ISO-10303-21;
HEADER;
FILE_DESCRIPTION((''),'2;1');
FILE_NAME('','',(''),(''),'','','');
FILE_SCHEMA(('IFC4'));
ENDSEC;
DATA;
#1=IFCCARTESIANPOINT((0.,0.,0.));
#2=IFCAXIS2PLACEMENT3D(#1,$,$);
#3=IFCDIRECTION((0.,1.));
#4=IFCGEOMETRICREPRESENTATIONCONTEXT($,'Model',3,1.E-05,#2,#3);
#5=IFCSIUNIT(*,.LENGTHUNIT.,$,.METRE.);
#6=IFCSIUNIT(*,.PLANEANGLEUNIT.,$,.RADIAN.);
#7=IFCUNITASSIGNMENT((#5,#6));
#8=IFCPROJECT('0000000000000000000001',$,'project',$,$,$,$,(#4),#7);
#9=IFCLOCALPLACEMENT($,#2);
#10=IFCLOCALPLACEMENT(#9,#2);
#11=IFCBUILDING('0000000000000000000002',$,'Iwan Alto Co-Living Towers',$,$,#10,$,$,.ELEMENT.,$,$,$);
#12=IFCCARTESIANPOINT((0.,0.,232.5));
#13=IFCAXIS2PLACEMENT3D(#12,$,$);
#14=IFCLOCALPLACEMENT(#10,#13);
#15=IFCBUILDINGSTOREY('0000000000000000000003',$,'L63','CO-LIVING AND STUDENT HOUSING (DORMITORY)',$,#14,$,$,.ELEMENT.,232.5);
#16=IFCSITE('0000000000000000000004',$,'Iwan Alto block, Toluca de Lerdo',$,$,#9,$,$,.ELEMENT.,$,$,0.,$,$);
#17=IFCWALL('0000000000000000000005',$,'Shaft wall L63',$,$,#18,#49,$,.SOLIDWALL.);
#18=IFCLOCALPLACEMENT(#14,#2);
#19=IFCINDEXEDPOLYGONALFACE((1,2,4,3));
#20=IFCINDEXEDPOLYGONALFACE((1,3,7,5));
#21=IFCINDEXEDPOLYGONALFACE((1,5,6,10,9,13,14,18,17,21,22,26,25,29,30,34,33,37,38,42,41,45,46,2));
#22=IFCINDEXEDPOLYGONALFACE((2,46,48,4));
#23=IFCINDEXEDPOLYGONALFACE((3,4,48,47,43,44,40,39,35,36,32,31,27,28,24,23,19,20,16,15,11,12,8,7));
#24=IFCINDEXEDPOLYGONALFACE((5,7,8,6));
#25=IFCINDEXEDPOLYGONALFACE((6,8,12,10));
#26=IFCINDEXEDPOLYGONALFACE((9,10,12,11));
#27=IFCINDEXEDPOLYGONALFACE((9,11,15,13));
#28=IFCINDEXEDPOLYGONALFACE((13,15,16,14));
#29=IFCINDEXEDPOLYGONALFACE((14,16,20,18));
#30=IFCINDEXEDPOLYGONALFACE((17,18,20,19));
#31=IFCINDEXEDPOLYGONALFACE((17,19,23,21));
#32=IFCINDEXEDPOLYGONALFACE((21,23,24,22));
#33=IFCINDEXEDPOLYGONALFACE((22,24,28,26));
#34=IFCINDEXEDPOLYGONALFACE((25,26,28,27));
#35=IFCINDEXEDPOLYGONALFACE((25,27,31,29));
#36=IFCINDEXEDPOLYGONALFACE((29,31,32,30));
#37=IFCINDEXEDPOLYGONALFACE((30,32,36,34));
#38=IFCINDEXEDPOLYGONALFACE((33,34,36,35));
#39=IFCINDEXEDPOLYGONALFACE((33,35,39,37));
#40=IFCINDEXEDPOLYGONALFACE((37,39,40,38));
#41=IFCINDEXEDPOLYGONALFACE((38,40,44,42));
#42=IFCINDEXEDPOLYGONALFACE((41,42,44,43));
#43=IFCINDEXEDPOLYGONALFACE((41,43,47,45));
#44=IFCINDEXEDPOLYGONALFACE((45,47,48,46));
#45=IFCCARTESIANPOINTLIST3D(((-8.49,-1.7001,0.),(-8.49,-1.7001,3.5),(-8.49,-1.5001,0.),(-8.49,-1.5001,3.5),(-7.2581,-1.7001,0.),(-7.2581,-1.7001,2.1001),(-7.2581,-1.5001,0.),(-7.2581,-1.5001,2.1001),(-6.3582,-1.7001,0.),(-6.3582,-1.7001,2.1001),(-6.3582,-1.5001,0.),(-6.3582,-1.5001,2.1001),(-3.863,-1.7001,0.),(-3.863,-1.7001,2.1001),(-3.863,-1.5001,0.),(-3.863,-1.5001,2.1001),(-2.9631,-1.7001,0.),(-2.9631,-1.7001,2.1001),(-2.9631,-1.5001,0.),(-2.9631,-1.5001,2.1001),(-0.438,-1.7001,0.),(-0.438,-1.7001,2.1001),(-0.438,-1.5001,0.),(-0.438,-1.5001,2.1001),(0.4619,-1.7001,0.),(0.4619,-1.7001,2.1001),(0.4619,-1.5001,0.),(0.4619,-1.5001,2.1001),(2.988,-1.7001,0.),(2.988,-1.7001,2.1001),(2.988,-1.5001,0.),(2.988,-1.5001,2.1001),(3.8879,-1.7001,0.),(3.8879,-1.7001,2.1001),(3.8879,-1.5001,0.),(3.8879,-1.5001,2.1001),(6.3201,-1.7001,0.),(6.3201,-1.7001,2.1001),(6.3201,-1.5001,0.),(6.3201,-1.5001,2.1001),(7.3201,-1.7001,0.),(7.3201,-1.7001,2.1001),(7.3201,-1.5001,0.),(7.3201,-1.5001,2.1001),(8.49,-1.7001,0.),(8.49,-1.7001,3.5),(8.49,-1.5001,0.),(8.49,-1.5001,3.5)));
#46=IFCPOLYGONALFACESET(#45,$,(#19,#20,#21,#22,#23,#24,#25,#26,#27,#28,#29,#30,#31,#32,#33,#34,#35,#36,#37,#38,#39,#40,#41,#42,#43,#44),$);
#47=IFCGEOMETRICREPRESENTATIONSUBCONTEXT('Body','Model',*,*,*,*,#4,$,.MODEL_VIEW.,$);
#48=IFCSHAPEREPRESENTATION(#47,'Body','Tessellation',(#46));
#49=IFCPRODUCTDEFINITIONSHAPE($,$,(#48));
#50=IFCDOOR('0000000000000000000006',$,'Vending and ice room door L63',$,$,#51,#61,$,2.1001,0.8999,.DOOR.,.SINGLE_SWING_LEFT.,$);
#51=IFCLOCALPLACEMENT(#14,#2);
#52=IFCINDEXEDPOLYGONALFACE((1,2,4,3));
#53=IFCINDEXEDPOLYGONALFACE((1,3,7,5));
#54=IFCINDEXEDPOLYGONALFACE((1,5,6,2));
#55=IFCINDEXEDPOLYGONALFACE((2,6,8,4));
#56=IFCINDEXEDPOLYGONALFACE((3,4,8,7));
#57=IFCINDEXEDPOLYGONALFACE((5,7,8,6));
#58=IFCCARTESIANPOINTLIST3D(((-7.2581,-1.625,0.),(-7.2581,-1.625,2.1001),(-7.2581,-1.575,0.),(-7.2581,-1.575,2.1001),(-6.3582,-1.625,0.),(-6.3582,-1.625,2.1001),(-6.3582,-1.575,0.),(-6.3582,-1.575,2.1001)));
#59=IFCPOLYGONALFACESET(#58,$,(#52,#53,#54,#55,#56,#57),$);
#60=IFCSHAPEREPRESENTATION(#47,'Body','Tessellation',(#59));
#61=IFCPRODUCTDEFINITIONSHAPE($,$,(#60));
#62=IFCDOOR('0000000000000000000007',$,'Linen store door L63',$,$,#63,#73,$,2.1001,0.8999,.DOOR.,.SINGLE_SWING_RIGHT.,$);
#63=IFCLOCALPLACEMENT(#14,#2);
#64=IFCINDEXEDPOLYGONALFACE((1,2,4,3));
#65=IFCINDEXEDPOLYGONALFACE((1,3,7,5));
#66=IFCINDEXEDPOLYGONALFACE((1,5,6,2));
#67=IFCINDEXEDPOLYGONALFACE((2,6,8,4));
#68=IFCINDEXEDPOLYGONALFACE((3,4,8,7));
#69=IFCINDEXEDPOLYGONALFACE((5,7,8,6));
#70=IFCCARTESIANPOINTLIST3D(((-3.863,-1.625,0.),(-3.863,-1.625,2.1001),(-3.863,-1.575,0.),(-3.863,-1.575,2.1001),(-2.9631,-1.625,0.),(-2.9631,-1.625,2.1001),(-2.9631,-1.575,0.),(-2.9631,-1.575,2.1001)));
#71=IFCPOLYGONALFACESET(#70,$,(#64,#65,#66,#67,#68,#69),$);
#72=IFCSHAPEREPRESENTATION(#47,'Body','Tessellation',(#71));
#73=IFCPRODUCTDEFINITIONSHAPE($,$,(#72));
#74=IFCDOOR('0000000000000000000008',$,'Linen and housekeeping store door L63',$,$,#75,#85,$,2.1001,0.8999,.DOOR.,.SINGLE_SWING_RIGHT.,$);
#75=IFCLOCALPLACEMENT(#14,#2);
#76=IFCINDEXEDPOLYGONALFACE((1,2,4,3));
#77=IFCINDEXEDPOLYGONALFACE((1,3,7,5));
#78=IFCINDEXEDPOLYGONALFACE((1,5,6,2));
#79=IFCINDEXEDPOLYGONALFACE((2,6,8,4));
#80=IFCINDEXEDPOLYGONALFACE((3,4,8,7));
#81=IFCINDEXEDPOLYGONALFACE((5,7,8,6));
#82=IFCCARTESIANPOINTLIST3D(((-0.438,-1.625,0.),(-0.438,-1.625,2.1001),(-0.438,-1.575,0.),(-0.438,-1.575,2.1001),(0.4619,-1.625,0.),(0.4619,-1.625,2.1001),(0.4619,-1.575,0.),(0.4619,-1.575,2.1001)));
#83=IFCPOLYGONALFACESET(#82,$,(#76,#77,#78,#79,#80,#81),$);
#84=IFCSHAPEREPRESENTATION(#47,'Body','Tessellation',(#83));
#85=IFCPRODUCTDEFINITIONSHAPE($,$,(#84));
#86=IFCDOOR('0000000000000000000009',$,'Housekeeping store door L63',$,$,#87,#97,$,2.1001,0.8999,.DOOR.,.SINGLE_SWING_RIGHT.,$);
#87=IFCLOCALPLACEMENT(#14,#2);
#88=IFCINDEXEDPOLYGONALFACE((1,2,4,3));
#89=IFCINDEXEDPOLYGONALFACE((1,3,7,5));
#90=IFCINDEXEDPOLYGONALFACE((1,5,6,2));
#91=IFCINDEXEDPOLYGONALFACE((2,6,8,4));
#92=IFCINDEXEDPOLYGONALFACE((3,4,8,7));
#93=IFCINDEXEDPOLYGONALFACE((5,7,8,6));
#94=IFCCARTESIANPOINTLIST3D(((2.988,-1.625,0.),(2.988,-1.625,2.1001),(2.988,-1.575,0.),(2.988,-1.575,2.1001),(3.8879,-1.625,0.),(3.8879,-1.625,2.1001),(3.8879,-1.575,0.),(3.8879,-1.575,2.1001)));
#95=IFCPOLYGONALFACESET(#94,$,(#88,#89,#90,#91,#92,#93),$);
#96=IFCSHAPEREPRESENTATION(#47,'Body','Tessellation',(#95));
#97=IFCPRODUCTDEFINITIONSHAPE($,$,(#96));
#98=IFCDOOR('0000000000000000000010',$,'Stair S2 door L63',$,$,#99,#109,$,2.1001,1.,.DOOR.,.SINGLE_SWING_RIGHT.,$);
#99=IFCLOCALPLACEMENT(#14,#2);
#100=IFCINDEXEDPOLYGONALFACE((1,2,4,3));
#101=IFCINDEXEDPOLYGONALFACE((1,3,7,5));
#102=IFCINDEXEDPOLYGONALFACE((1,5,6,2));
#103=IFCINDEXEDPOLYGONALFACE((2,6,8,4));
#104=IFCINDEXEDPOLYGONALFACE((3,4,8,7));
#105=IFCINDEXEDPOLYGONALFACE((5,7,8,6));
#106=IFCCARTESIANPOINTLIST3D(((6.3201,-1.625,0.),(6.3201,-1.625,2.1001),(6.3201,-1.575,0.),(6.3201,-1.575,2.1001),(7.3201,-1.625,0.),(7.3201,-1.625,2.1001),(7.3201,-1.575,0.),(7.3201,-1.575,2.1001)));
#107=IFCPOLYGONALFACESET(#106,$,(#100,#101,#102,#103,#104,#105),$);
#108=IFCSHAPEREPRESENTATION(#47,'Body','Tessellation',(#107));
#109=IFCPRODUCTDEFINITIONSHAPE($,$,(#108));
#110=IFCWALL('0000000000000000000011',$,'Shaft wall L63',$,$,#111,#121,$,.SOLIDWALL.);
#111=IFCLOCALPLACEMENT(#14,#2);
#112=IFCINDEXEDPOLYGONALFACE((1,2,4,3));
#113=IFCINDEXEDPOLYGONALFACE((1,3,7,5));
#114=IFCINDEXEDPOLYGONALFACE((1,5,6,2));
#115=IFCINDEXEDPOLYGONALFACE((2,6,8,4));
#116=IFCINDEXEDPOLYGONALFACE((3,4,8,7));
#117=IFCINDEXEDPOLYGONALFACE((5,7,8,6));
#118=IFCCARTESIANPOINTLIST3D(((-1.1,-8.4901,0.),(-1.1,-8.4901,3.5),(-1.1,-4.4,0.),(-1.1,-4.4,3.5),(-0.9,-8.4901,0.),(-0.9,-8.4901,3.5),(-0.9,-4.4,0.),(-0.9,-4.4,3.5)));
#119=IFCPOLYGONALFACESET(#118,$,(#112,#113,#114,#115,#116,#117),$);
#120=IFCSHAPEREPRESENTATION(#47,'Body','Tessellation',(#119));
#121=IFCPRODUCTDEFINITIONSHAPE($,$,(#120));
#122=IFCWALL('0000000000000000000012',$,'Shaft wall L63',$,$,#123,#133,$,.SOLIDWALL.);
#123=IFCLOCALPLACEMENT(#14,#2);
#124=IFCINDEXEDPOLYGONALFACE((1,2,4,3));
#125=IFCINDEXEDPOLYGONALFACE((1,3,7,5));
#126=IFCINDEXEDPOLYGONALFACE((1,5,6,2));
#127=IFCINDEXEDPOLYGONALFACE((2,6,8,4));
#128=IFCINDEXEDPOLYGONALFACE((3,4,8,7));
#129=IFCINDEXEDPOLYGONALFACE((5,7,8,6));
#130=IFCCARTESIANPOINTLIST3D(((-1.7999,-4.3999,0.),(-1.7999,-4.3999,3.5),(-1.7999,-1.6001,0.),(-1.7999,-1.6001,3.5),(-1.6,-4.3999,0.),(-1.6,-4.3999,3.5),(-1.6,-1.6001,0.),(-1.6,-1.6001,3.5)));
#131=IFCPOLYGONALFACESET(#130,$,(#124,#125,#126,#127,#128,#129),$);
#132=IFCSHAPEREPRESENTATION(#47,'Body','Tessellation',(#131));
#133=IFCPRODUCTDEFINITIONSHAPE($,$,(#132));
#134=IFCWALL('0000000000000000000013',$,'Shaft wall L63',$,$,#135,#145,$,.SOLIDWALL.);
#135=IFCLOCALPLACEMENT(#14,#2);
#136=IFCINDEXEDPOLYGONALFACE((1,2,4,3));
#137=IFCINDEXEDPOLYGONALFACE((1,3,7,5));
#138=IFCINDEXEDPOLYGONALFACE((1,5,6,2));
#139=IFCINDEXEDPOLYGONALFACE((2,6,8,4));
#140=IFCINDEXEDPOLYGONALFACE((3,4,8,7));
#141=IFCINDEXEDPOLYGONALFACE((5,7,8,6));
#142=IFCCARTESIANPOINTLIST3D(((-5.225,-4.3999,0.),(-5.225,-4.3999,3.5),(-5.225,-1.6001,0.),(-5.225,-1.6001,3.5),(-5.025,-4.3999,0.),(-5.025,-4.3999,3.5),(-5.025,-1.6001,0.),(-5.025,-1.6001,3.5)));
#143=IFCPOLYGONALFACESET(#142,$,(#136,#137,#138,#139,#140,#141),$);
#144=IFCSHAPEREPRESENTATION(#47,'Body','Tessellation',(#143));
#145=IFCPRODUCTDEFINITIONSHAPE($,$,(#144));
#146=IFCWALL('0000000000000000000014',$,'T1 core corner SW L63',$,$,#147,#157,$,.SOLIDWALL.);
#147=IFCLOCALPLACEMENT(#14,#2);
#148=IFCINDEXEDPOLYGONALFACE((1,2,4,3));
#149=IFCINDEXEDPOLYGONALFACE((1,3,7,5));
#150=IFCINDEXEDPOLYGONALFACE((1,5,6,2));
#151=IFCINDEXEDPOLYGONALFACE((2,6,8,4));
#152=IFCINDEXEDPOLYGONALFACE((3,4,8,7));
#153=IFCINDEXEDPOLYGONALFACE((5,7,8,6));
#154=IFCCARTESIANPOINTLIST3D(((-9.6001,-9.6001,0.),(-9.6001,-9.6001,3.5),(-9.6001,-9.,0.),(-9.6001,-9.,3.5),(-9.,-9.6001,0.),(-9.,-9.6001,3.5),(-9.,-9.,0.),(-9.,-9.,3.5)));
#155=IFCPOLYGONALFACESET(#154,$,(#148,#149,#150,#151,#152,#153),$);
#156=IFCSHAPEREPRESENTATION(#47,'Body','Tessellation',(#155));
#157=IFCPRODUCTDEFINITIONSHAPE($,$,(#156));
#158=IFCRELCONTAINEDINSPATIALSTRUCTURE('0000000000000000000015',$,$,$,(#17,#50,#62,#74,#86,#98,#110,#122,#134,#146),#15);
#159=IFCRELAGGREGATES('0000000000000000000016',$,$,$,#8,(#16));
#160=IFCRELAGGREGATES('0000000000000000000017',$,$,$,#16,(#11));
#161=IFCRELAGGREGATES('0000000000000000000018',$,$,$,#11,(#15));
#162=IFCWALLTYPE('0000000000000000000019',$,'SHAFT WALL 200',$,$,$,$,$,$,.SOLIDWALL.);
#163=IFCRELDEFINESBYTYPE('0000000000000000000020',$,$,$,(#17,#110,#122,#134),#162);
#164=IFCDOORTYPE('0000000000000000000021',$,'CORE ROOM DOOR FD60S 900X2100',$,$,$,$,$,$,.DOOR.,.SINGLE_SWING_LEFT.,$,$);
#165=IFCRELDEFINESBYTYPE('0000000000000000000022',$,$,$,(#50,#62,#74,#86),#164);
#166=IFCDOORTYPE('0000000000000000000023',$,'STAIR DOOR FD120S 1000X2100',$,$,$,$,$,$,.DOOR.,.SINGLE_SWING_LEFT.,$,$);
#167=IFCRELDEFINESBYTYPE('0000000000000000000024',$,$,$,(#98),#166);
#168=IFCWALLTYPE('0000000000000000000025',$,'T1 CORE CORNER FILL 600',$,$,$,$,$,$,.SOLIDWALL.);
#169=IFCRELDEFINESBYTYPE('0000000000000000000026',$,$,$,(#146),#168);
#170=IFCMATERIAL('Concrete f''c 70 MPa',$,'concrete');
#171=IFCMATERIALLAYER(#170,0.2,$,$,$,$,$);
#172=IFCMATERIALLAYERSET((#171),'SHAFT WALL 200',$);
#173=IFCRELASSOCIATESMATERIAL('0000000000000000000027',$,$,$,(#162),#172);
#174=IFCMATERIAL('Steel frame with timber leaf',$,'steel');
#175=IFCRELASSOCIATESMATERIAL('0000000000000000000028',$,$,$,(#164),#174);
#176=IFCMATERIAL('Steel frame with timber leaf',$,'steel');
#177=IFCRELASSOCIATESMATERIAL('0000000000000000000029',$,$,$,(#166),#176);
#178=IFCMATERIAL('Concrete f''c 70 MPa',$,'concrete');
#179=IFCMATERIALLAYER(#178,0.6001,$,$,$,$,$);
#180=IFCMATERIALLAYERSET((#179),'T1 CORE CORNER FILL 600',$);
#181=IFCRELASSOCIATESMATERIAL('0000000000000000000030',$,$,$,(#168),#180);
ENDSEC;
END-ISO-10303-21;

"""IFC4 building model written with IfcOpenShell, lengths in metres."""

from ifc_helpers import new_model, si_unit, direction, frame, frame_2d, origin, place, context, subcontext, project, spatial, rectangle, extrude, material, layer, layer_set, type_object, element, fill, save


model = new_model("IFC4")

# Units and contexts
model_context = context("Model", 3, precision=1e-05, world=origin(), true_north=direction((0.0, 1.0)))
body_context = subcontext(model_context, "Body", "Model", "MODEL_VIEW")
ifc_project = project(units=[si_unit("LENGTHUNIT", "METRE"), si_unit("PLANEANGLEUNIT", "RADIAN")], contexts=[model_context])

# Site, building, storey
site_placement = place(None, origin())
site = spatial("IfcSite", under=ifc_project, at=site_placement, Name="Iwan Alto block, Toluca de Lerdo", CompositionType="ELEMENT", RefElevation=0.0)
building_placement = place(site_placement, origin())
building = spatial("IfcBuilding", under=site, at=building_placement, Name="Iwan Alto Co-Living Towers", CompositionType="ELEMENT")
storey_placement = place(building_placement, frame((0.0, 0.0, 232.5)))
storey = spatial("IfcBuildingStorey", under=building, at=storey_placement, Name="L63", Description="CO-LIVING AND STUDENT HOUSING (DORMITORY)", CompositionType="ELEMENT", Elevation=232.5)

# Shared definitions
ifc_material_1 = material(Name="Concrete f'c 70 MPa", Category="concrete")
ifc_layer_1 = layer(ifc_material_1, 0.2)
ifc_layer_set_1 = layer_set([ifc_layer_1], Name="SHAFT WALL 200")
wall_type_1 = type_object("IfcWallType", Name="SHAFT WALL 200", PredefinedType="SOLIDWALL", material=ifc_layer_set_1)

# Wall, openings, doors
wall_1_placement = place(storey_placement, frame((-8.49, -1.6001, 0.0), z_axis=(0.0, 0.0, 1.0), x_axis=(1.0, 0.0, 0.0)))
wall_1 = element("IfcWall", 1, at=wall_1_placement, inside=storey, type_object=wall_type_1, Name="Shaft wall L63", PredefinedType="SOLIDWALL", context=body_context, shape_type="SweptSolid", body=[
    extrude(rectangle(XDim=16.98, YDim=0.2, at=frame_2d((8.49, 0.0))), origin(), (0.0, 0.0, 1.0), 3.5),
])
opening_1_placement = place(wall_1_placement, frame((14.8101, 0.0, 0.0)))
opening_1 = element("IfcOpeningElement", 2, at=opening_1_placement, cuts=wall_1, PredefinedType="OPENING", context=body_context, shape_type="SweptSolid", body=[
    extrude(rectangle(XDim=1.0, YDim=2.1001, at=frame_2d((0.5, 1.05))), frame((0.0, 0.1099, 0.0), z_axis=(0.0, -1.0, 0.0), x_axis=(1.0, 0.0, 0.0)), (0.0, 0.0, 1.0), 0.22),
])
opening_2_placement = place(wall_1_placement, frame((1.2319, 0.0, 0.0)))
opening_2 = element("IfcOpeningElement", 3, at=opening_2_placement, cuts=wall_1, PredefinedType="OPENING", context=body_context, shape_type="SweptSolid", body=[
    extrude(rectangle(XDim=0.8999, YDim=2.1001, at=frame_2d((0.45, 1.05))), frame((0.0, 0.1099, 0.0), z_axis=(0.0, -1.0, 0.0), x_axis=(1.0, 0.0, 0.0)), (0.0, 0.0, 1.0), 0.22),
])
opening_3_placement = place(wall_1_placement, frame((4.627, 0.0, 0.0)))
opening_3 = element("IfcOpeningElement", 4, at=opening_3_placement, cuts=wall_1, PredefinedType="OPENING", context=body_context, shape_type="SweptSolid", body=[
    extrude(rectangle(XDim=0.8999, YDim=2.1001, at=frame_2d((0.45, 1.05))), frame((0.0, 0.1099, 0.0), z_axis=(0.0, -1.0, 0.0), x_axis=(1.0, 0.0, 0.0)), (0.0, 0.0, 1.0), 0.22),
])
opening_4_placement = place(wall_1_placement, frame((8.052, 0.0, 0.0)))
opening_4 = element("IfcOpeningElement", 5, at=opening_4_placement, cuts=wall_1, PredefinedType="OPENING", context=body_context, shape_type="SweptSolid", body=[
    extrude(rectangle(XDim=0.8999, YDim=2.1001, at=frame_2d((0.45, 1.05))), frame((0.0, 0.1099, 0.0), z_axis=(0.0, -1.0, 0.0), x_axis=(1.0, 0.0, 0.0)), (0.0, 0.0, 1.0), 0.22),
])
opening_5_placement = place(wall_1_placement, frame((11.478, 0.0, 0.0)))
opening_5 = element("IfcOpeningElement", 6, at=opening_5_placement, cuts=wall_1, PredefinedType="OPENING", context=body_context, shape_type="SweptSolid", body=[
    extrude(rectangle(XDim=0.8999, YDim=2.1001, at=frame_2d((0.45, 1.05))), frame((0.0, 0.1099, 0.0), z_axis=(0.0, -1.0, 0.0), x_axis=(1.0, 0.0, 0.0)), (0.0, 0.0, 1.0), 0.22),
])
ifc_material_2 = material(Name="Steel frame with timber leaf", Category="steel")
door_type_1 = type_object("IfcDoorType", Name="CORE ROOM DOOR FD60S 900X2100", OperationType="SINGLE_SWING_LEFT", PredefinedType="DOOR", material=ifc_material_2)
door_1_placement = place(opening_2_placement, frame((0.8999, 0.0, 0.0), z_axis=(0.0, 0.0, 1.0), x_axis=(-1.0, 0.0, 0.0)))
door_1 = element("IfcDoor", 7, at=door_1_placement, inside=storey, type_object=door_type_1, Name="Vending and ice room door L63", OperationType="SINGLE_SWING_LEFT", OverallHeight=2.1001, OverallWidth=0.8999, PredefinedType="DOOR", context=body_context, shape_type="SweptSolid", body=[
    extrude(rectangle(XDim=0.8999, YDim=2.1001, at=frame_2d((0.45, 1.05))), frame((0.0, 0.0249, 0.0), z_axis=(0.0, -1.0, 0.0), x_axis=(1.0, 0.0, 0.0)), (0.0, 0.0, 1.0), 0.05),
])
fill(opening_2, door_1)
door_2_placement = place(opening_3_placement, frame((0.8999, 0.0, 0.0), z_axis=(0.0, 0.0, 1.0), x_axis=(-1.0, 0.0, 0.0)))
door_2 = element("IfcDoor", 8, at=door_2_placement, inside=storey, type_object=door_type_1, Name="Linen store door L63", OperationType="SINGLE_SWING_RIGHT", OverallHeight=2.1001, OverallWidth=0.8999, PredefinedType="DOOR", context=body_context, shape_type="SweptSolid", body=[
    extrude(rectangle(XDim=0.8999, YDim=2.1001, at=frame_2d((0.45, 1.05))), frame((0.0, 0.0249, 0.0), z_axis=(0.0, -1.0, 0.0), x_axis=(1.0, 0.0, 0.0)), (0.0, 0.0, 1.0), 0.05),
])
fill(opening_3, door_2)
door_3_placement = place(opening_4_placement, frame((0.8999, 0.0, 0.0), z_axis=(0.0, 0.0, 1.0), x_axis=(-1.0, 0.0, 0.0)))
door_3 = element("IfcDoor", 9, at=door_3_placement, inside=storey, type_object=door_type_1, Name="Linen and housekeeping store door L63", OperationType="SINGLE_SWING_RIGHT", OverallHeight=2.1001, OverallWidth=0.8999, PredefinedType="DOOR", context=body_context, shape_type="SweptSolid", body=[
    extrude(rectangle(XDim=0.8999, YDim=2.1001, at=frame_2d((0.45, 1.05))), frame((0.0, 0.0249, 0.0), z_axis=(0.0, -1.0, 0.0), x_axis=(1.0, 0.0, 0.0)), (0.0, 0.0, 1.0), 0.05),
])
fill(opening_4, door_3)
door_4_placement = place(opening_5_placement, frame((0.8999, 0.0, 0.0), z_axis=(0.0, 0.0, 1.0), x_axis=(-1.0, 0.0, 0.0)))
door_4 = element("IfcDoor", 10, at=door_4_placement, inside=storey, type_object=door_type_1, Name="Housekeeping store door L63", OperationType="SINGLE_SWING_RIGHT", OverallHeight=2.1001, OverallWidth=0.8999, PredefinedType="DOOR", context=body_context, shape_type="SweptSolid", body=[
    extrude(rectangle(XDim=0.8999, YDim=2.1001, at=frame_2d((0.45, 1.05))), frame((0.0, 0.0249, 0.0), z_axis=(0.0, -1.0, 0.0), x_axis=(1.0, 0.0, 0.0)), (0.0, 0.0, 1.0), 0.05),
])
fill(opening_5, door_4)
ifc_material_3 = material(Name="Steel frame with timber leaf", Category="steel")
door_type_2 = type_object("IfcDoorType", Name="STAIR DOOR FD120S 1000X2100", OperationType="SINGLE_SWING_LEFT", PredefinedType="DOOR", material=ifc_material_3)
door_5_placement = place(opening_1_placement, frame((1.0, 0.0, 0.0), z_axis=(0.0, 0.0, 1.0), x_axis=(-1.0, 0.0, 0.0)))
door_5 = element("IfcDoor", 11, at=door_5_placement, inside=storey, type_object=door_type_2, Name="Stair S2 door L63", OperationType="SINGLE_SWING_RIGHT", OverallHeight=2.1001, OverallWidth=1.0, PredefinedType="DOOR", context=body_context, shape_type="SweptSolid", body=[
    extrude(rectangle(XDim=1.0, YDim=2.1001, at=frame_2d((0.5, 1.05))), frame((0.0, 0.0249, 0.0), z_axis=(0.0, -1.0, 0.0), x_axis=(1.0, 0.0, 0.0)), (0.0, 0.0, 1.0), 0.05),
])
fill(opening_1, door_5)

# Walls
wall_2_placement = place(storey_placement, frame((-1.0, -8.49, 0.0), z_axis=(0.0, 0.0, 1.0), x_axis=(0.0, 1.0, 0.0)))
element("IfcWall", 12, at=wall_2_placement, inside=storey, type_object=wall_type_1, Name="Shaft wall L63", PredefinedType="SOLIDWALL", context=body_context, shape_type="SweptSolid", body=[
    extrude(rectangle(XDim=4.0901, YDim=0.2, at=frame_2d((2.0449, 0.0))), origin(), (0.0, 0.0, 1.0), 3.5),
])
for number, where, z_axis, x_axis, name in (
    (13, (-1.7, -4.3999, 0.0), (0.0, 0.0, 1.0), (0.0, 1.0, 0.0), "Shaft wall L63"),
    (14, (-5.125, -4.3999, 0.0), (0.0, 0.0, 1.0), (0.0, 1.0, 0.0), "Shaft wall L63"),
):
    element("IfcWall", number, at=place(storey_placement, frame(where, z_axis=z_axis, x_axis=x_axis)), inside=storey, type_object=wall_type_1, Name=name, PredefinedType="SOLIDWALL", context=body_context, shape_type="SweptSolid", body=[
        extrude(rectangle(XDim=2.7998, YDim=0.2, at=frame_2d((1.3999, 0.0))), origin(), (0.0, 0.0, 1.0), 3.5),
    ])
ifc_material_4 = material(Name="Concrete f'c 70 MPa", Category="concrete")
ifc_layer_2 = layer(ifc_material_4, 0.6001)
ifc_layer_set_2 = layer_set([ifc_layer_2], Name="T1 CORE CORNER FILL 600")
wall_type_2 = type_object("IfcWallType", Name="T1 CORE CORNER FILL 600", PredefinedType="SOLIDWALL", material=ifc_layer_set_2)
wall_3_placement = place(storey_placement, frame((-9.6001, -9.3, 0.0), z_axis=(0.0, 0.0, 1.0), x_axis=(1.0, 0.0, 0.0)))
element("IfcWall", 15, at=wall_3_placement, inside=storey, type_object=wall_type_2, Name="T1 core corner SW L63", PredefinedType="SOLIDWALL", context=body_context, shape_type="SweptSolid", body=[
    extrude(rectangle(XDim=0.6001, YDim=0.6001, at=frame_2d((0.3, 0.0))), origin(), (0.0, 0.0, 1.0), 3.5),
])

save(model, "model.ifc")
